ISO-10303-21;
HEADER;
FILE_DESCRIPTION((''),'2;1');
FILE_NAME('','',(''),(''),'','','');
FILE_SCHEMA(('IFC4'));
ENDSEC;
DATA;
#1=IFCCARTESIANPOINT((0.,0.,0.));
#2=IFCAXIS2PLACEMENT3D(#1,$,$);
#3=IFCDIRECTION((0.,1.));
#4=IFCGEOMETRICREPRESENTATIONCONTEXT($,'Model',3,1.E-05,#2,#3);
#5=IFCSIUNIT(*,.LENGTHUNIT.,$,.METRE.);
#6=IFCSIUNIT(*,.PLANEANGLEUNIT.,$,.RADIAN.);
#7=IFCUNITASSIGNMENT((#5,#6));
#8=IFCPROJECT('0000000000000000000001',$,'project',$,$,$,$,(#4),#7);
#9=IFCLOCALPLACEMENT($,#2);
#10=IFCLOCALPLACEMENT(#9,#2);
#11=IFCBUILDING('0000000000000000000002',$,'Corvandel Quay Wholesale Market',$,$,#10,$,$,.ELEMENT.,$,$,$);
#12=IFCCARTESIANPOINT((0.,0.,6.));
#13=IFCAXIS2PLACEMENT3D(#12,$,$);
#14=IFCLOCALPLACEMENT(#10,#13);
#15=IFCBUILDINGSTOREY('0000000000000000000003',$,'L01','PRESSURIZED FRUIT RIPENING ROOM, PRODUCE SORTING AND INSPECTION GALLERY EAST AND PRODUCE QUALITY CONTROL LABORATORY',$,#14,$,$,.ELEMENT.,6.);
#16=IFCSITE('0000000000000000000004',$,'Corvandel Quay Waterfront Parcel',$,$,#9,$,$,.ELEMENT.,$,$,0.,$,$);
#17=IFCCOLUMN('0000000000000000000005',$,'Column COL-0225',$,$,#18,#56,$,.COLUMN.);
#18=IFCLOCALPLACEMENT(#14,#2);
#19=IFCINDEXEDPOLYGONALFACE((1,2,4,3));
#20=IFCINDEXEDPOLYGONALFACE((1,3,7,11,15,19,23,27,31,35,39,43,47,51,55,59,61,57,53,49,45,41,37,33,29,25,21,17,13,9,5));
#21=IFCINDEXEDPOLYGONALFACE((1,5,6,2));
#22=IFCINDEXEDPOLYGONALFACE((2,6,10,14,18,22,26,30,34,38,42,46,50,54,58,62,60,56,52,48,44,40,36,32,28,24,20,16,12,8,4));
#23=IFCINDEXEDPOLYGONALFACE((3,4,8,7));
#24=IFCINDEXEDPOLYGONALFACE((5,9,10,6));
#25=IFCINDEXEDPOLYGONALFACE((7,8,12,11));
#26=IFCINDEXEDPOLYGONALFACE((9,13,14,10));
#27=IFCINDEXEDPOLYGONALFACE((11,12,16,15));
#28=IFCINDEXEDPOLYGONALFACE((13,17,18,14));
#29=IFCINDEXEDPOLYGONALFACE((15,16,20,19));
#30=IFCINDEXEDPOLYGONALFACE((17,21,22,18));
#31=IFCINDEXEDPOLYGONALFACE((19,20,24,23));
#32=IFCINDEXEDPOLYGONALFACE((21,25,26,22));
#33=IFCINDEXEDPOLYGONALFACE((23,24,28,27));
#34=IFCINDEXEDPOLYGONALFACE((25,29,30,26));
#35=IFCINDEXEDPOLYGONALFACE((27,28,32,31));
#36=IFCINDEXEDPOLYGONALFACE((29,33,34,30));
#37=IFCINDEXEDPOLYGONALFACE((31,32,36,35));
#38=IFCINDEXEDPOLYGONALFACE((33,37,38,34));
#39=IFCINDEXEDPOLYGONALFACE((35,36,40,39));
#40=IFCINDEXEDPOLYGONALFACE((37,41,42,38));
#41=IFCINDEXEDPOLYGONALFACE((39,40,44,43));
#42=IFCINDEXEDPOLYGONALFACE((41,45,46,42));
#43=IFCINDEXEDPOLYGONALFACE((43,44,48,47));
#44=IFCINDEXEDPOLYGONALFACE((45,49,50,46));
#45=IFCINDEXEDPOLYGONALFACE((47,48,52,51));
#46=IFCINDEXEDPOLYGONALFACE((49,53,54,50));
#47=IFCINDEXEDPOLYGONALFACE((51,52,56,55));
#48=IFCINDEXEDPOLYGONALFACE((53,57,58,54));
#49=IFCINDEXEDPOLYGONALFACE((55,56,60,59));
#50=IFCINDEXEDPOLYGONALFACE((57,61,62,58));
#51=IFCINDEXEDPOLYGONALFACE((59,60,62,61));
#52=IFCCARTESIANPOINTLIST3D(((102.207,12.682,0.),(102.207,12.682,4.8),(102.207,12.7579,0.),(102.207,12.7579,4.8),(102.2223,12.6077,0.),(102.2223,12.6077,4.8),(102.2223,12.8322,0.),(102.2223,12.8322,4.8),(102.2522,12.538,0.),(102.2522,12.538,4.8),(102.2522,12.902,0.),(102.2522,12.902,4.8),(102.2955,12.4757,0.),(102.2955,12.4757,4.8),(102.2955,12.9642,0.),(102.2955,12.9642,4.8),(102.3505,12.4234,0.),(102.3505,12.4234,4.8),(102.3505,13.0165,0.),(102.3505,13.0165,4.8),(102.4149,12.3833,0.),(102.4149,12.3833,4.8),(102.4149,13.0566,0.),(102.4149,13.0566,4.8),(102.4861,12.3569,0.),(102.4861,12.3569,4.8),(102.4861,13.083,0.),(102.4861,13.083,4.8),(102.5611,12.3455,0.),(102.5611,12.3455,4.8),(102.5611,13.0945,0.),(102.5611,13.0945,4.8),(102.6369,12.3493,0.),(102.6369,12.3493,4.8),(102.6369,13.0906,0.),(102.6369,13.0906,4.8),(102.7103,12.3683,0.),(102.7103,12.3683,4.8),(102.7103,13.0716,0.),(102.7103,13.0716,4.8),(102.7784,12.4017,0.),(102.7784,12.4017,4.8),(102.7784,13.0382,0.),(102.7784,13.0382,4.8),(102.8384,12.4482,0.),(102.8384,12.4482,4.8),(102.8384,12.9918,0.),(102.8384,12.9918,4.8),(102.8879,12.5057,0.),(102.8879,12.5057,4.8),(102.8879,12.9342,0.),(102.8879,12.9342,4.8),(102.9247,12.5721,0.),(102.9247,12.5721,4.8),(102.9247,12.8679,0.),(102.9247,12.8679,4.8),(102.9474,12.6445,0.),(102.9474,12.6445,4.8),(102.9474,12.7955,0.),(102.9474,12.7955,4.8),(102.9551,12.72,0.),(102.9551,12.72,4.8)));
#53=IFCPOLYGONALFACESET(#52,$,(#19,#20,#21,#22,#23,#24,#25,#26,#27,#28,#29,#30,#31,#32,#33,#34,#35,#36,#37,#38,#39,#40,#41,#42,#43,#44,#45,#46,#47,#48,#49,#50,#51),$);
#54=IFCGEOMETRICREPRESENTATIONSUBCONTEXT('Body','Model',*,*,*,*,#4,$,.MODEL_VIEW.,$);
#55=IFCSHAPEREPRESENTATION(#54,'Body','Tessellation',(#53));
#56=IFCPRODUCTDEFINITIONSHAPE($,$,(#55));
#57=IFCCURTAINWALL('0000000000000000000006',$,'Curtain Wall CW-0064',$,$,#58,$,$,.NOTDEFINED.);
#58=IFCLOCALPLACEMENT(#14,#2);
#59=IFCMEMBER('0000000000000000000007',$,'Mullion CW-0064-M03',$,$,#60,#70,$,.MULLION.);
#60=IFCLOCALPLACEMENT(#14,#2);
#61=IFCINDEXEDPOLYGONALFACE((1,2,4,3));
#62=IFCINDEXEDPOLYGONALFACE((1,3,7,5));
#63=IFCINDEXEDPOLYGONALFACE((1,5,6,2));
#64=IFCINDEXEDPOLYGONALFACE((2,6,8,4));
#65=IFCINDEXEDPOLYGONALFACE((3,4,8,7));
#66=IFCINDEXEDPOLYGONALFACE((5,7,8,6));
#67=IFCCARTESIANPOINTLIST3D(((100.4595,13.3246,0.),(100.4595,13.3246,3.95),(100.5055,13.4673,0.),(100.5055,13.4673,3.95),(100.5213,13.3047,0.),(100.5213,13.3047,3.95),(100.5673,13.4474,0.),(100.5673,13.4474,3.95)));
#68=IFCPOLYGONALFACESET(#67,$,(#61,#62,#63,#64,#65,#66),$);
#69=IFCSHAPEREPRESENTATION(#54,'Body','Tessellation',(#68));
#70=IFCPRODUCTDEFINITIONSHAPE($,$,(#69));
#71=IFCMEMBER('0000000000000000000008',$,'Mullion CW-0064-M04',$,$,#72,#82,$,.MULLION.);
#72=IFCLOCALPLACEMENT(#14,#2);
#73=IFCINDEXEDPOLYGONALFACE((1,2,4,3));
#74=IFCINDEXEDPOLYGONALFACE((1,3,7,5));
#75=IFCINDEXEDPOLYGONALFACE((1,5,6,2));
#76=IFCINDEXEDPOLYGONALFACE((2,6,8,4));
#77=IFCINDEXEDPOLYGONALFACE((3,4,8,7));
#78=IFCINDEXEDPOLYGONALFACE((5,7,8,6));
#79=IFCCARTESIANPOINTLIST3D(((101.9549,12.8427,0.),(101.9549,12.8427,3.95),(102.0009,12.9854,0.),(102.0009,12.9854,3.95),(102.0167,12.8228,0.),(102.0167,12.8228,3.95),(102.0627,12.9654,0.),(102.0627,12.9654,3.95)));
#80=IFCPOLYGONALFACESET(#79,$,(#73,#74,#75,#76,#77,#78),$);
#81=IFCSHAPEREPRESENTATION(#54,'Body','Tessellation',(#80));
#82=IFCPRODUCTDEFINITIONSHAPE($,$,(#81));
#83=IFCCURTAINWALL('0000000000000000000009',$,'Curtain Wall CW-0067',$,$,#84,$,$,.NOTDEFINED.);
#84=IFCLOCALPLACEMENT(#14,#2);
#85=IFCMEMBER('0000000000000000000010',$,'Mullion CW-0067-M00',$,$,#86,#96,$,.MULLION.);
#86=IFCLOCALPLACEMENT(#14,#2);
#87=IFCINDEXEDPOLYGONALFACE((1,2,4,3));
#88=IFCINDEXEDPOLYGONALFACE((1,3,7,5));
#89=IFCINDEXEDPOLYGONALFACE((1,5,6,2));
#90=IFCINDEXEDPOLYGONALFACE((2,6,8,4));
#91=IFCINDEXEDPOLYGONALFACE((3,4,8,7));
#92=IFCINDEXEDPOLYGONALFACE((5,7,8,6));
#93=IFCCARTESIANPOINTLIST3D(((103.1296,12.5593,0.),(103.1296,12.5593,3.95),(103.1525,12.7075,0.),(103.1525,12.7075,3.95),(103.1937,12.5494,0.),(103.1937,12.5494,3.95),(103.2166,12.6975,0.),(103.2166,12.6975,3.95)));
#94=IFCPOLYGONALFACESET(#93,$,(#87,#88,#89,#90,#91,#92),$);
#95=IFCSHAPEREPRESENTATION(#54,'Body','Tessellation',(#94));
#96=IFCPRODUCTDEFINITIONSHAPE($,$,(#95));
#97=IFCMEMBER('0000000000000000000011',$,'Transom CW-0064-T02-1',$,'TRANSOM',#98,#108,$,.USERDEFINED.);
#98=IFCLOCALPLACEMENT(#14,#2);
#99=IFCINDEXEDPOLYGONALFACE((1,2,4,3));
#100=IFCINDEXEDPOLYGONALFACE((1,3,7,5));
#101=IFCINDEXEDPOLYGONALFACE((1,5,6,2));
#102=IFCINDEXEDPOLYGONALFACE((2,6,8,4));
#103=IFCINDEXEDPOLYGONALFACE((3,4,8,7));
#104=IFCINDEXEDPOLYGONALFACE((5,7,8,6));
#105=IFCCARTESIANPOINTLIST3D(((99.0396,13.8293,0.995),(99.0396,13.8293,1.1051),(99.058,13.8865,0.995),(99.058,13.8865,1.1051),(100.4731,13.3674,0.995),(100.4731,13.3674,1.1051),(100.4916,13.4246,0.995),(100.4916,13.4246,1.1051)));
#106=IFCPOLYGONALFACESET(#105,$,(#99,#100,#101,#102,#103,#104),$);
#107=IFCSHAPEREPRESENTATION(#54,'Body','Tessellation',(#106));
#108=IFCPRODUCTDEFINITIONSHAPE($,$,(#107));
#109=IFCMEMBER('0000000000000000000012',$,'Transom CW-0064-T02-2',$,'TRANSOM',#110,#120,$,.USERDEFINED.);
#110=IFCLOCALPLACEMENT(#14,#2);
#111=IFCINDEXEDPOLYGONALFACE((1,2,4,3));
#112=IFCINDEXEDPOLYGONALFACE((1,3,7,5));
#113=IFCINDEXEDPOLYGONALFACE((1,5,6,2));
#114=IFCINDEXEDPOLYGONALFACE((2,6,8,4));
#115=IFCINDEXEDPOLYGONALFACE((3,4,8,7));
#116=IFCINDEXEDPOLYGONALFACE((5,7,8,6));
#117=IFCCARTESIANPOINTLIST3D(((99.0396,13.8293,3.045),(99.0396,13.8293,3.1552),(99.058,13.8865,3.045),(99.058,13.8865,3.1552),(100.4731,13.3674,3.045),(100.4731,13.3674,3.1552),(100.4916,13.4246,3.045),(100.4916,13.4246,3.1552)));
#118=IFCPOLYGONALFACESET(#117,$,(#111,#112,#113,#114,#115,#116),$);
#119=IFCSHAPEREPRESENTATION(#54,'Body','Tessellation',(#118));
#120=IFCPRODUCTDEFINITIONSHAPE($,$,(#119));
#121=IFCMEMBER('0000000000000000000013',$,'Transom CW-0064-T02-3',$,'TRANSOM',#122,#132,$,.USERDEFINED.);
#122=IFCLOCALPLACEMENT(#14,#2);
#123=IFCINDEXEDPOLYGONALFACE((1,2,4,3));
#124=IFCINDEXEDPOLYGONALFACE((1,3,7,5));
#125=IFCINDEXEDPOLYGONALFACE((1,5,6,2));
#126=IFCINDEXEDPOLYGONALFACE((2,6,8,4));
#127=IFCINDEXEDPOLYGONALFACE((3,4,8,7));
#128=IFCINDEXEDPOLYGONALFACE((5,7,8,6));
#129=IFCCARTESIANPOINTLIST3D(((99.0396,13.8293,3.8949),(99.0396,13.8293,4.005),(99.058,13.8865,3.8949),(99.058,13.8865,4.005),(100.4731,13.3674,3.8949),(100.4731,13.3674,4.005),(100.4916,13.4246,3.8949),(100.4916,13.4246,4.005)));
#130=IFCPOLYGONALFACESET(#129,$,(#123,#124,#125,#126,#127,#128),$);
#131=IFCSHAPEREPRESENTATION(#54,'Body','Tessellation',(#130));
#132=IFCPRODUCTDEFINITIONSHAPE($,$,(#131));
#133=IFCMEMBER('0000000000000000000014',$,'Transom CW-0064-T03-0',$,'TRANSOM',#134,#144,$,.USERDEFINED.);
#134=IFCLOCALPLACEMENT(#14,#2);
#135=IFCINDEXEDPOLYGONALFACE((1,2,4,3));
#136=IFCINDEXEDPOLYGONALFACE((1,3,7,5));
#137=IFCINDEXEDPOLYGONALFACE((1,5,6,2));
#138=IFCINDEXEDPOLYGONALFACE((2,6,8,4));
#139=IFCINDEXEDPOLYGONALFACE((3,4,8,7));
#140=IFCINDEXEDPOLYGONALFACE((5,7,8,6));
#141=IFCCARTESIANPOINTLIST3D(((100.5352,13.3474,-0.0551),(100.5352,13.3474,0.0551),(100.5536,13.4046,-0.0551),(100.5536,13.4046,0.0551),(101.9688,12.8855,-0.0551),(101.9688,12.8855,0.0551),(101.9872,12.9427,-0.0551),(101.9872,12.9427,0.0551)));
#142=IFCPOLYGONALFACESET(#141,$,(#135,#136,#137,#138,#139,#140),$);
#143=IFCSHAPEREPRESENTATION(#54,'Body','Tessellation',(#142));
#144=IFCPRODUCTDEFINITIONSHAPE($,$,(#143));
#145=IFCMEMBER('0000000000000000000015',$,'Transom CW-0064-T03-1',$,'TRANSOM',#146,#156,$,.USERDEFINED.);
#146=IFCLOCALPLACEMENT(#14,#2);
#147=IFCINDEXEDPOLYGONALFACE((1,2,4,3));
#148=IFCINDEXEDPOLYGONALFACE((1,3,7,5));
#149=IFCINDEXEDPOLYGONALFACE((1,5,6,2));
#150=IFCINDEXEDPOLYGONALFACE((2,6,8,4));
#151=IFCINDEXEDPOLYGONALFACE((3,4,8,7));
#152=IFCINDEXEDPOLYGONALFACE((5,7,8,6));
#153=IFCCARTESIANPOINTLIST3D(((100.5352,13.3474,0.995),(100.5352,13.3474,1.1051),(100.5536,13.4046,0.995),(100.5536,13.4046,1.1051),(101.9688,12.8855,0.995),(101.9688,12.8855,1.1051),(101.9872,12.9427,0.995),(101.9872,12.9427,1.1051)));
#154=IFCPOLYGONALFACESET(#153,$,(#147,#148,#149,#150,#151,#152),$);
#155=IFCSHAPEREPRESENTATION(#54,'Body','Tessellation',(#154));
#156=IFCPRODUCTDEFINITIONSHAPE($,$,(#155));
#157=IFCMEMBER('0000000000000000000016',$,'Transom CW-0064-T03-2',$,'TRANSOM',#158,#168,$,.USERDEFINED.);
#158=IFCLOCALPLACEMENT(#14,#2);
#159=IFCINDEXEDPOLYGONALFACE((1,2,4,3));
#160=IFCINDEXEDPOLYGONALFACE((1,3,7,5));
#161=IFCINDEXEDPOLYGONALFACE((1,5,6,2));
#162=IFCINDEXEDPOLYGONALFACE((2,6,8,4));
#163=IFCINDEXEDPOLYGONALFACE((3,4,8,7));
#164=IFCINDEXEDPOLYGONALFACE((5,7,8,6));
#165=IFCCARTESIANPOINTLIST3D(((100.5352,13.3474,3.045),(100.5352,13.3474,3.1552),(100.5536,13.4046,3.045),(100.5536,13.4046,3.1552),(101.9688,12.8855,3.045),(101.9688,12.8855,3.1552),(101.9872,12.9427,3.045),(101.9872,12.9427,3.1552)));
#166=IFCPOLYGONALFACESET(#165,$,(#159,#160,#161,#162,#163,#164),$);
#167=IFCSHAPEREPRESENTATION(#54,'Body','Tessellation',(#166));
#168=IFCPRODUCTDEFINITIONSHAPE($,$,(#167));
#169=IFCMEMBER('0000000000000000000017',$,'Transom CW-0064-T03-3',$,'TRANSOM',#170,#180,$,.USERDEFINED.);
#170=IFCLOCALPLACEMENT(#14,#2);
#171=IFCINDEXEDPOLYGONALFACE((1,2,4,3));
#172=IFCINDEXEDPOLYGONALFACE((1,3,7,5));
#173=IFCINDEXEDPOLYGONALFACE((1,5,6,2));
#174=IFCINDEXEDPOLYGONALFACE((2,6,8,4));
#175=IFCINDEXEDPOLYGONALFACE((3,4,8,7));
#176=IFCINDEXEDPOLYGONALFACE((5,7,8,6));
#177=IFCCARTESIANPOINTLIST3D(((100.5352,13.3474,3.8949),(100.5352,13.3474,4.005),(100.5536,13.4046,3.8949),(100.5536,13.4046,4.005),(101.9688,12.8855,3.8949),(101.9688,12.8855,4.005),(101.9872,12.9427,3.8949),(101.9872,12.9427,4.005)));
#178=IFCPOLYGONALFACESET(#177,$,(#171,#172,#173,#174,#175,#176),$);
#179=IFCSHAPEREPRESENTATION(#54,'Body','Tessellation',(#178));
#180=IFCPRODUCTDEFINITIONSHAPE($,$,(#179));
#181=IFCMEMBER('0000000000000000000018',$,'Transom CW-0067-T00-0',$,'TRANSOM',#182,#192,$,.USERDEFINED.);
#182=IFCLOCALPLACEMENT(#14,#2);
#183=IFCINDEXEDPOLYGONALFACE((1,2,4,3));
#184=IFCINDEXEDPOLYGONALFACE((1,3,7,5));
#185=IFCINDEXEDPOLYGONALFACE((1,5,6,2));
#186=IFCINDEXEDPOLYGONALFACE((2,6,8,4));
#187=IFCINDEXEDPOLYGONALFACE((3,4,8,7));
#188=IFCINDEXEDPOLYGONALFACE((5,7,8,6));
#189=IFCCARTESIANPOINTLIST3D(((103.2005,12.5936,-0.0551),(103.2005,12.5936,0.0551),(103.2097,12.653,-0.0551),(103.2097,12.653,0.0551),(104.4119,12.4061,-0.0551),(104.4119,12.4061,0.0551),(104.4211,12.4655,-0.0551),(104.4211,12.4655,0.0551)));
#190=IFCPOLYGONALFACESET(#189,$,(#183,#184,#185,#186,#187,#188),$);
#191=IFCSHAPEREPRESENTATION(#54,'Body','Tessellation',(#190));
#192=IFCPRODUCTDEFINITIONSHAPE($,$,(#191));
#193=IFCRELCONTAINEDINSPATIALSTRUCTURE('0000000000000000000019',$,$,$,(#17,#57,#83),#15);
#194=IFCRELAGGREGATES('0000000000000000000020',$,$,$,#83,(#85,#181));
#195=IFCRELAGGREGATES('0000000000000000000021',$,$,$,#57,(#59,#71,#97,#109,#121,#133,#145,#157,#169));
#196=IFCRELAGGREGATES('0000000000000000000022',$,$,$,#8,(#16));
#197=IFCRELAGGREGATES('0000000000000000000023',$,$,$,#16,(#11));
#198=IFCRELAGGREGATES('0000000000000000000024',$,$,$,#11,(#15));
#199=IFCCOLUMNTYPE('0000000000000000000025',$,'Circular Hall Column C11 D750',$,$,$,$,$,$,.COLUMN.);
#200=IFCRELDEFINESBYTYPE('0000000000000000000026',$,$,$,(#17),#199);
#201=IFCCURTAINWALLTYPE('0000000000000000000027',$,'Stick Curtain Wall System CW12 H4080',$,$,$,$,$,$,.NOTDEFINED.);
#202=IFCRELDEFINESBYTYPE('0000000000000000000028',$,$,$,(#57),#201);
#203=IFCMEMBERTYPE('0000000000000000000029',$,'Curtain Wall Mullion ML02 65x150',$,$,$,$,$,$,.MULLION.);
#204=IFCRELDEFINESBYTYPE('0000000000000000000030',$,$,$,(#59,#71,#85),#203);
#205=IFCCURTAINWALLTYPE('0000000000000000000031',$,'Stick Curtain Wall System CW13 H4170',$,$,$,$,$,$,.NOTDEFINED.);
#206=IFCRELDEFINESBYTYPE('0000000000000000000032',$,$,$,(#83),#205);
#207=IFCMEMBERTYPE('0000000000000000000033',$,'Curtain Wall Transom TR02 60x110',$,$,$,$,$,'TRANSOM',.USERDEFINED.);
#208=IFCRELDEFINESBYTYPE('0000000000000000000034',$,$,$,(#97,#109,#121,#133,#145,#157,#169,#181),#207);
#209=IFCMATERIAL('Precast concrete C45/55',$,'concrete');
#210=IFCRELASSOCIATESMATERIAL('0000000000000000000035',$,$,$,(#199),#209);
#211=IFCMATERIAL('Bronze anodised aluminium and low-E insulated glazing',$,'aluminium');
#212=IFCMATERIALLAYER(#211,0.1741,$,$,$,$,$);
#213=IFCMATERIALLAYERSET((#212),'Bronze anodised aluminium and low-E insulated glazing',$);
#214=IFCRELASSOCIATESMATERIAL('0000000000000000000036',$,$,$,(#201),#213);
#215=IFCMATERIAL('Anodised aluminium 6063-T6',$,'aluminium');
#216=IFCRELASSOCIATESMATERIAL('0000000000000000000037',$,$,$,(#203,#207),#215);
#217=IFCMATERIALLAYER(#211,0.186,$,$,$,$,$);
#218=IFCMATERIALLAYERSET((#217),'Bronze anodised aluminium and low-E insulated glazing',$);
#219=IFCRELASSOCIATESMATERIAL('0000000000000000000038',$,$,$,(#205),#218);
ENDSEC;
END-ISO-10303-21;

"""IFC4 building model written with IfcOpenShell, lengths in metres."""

from ifc_helpers import new_model, si_unit, direction, frame, origin, origin_2d, place, context, subcontext, project, spatial, rectangle, circle, extrude, material, layer, layer_set, material_profile, profile_set, type_object, element, aggregate, save


model = new_model("IFC4")

# Units and contexts
model_context = context("Model", 3, precision=1e-05, world=origin(), true_north=direction((0.0, 1.0)))
body_context = subcontext(model_context, "Body", "Model", "MODEL_VIEW")
ifc_project = project(units=[si_unit("LENGTHUNIT", "METRE"), si_unit("PLANEANGLEUNIT", "RADIAN")], contexts=[model_context])

# Site, building, storey
site_placement = place(None, origin())
site = spatial("IfcSite", under=ifc_project, at=site_placement, Name="Corvandel Quay Waterfront Parcel", CompositionType="ELEMENT", RefElevation=0.0)
building_placement = place(site_placement, origin())
building = spatial("IfcBuilding", under=site, at=building_placement, Name="Corvandel Quay Wholesale Market", CompositionType="ELEMENT")
storey_placement = place(building_placement, frame((0.0, 0.0, 6.0)))
storey = spatial("IfcBuildingStorey", under=building, at=storey_placement, Name="L01", Description="PRESSURIZED FRUIT RIPENING ROOM, PRODUCE SORTING AND INSPECTION GALLERY EAST AND PRODUCE QUALITY CONTROL LABORATORY", CompositionType="ELEMENT", Elevation=6.0)

# Column
ifc_material_1 = material(Name="Precast concrete C45/55", Category="concrete")
ifc_material_profile_1 = material_profile(ifc_material_1, circle(Radius=0.375, at=origin_2d()), Name="PC-COL-D750")
ifc_profile_set_1 = profile_set([ifc_material_profile_1], Name="Precast concrete C45/55")
column_type = type_object("IfcColumnType", Name="Circular Hall Column C11 D750", PredefinedType="COLUMN", material=ifc_profile_set_1)
column_placement = place(storey_placement, frame((102.5801, 12.72, 0.0), z_axis=(0.0, 0.0, 1.0), x_axis=(1.0, 0.0, 0.0)))
element("IfcColumn", 1, at=column_placement, inside=storey, type_object=column_type, Name="Column COL-0225", PredefinedType="COLUMN", context=body_context, shape_type="SweptSolid", body=[
    extrude(circle(Radius=0.375, at=origin_2d()), origin(), (0.0, 0.0, 1.0), 4.8),
])

# Curtain wall, members
ifc_material_2 = material(Name="Bronze anodised aluminium and low-E insulated glazing", Category="aluminium")
ifc_layer_1 = layer(ifc_material_2, 0.1741)
ifc_layer_set_1 = layer_set([ifc_layer_1], Name="Bronze anodised aluminium and low-E insulated glazing")
curtain_wall_type_1 = type_object("IfcCurtainWallType", Name="Stick Curtain Wall System CW12 H4080", PredefinedType="NOTDEFINED", material=ifc_layer_set_1)
curtain_wall_1_placement = place(storey_placement, origin())
curtain_wall_1 = element("IfcCurtainWall", 2, at=curtain_wall_1_placement, inside=storey, type_object=curtain_wall_type_1, Name="Curtain Wall CW-0064", PredefinedType="NOTDEFINED")
ifc_material_3 = material(Name="Anodised aluminium 6063-T6", Category="aluminium")
ifc_material_profile_2 = material_profile(ifc_material_3, rectangle(XDim=0.0649, YDim=0.1499, at=origin_2d()), Name="ALU-MUL-65x150")
ifc_profile_set_2 = profile_set([ifc_material_profile_2], Name="Anodised aluminium 6063-T6")
member_type_1 = type_object("IfcMemberType", Name="Curtain Wall Mullion ML02 65x150", PredefinedType="MULLION", material=ifc_profile_set_2)
member_1_placement = place(storey_placement, frame((100.5134, 13.386, 0.0), z_axis=(0.0, 0.0, 1.0), x_axis=(-0.951809, 0.306692, 0.0)))
member_1 = element("IfcMember", 3, at=member_1_placement, type_object=member_type_1, Name="Mullion CW-0064-M03", PredefinedType="MULLION", context=body_context, shape_type="SweptSolid", body=[
    extrude(rectangle(XDim=0.0649, YDim=0.1499, at=origin_2d()), origin(), (0.0, 0.0, 1.0), 3.95),
])
member_2_placement = place(storey_placement, frame((102.0088, 12.9041, 0.0), z_axis=(0.0, 0.0, 1.0), x_axis=(-0.951809, 0.306692, 0.0)))
member_2 = element("IfcMember", 4, at=member_2_placement, type_object=member_type_1, Name="Mullion CW-0064-M04", PredefinedType="MULLION", context=body_context, shape_type="SweptSolid", body=[
    extrude(rectangle(XDim=0.0649, YDim=0.1499, at=origin_2d()), origin(), (0.0, 0.0, 1.0), 3.95),
])

# Curtain wall, member
ifc_layer_2 = layer(ifc_material_2, 0.186)
ifc_layer_set_2 = layer_set([ifc_layer_2], Name="Bronze anodised aluminium and low-E insulated glazing")
curtain_wall_type_2 = type_object("IfcCurtainWallType", Name="Stick Curtain Wall System CW13 H4170", PredefinedType="NOTDEFINED", material=ifc_layer_set_2)
curtain_wall_2_placement = place(storey_placement, origin())
curtain_wall_2 = element("IfcCurtainWall", 5, at=curtain_wall_2_placement, inside=storey, type_object=curtain_wall_type_2, Name="Curtain Wall CW-0067", PredefinedType="NOTDEFINED")
member_3_placement = place(storey_placement, frame((103.1731, 12.6284, 0.0), z_axis=(0.0, 0.0, 1.0), x_axis=(-0.988255, 0.152813, 0.0)))
member_3 = element("IfcMember", 6, at=member_3_placement, type_object=member_type_1, Name="Mullion CW-0067-M00", PredefinedType="MULLION", context=body_context, shape_type="SweptSolid", body=[
    extrude(rectangle(XDim=0.0649, YDim=0.1499, at=origin_2d()), origin(), (0.0, 0.0, 1.0), 3.95),
])

# Members
ifc_material_profile_3 = material_profile(ifc_material_3, rectangle(XDim=0.0601, YDim=0.1101, at=origin_2d()), Name="ALU-TRN-60x110")
ifc_profile_set_3 = profile_set([ifc_material_profile_3], Name="Anodised aluminium 6063-T6")
member_type_2 = type_object("IfcMemberType", Name="Curtain Wall Transom TR02 60x110", ElementType="TRANSOM", PredefinedType="USERDEFINED", material=ifc_profile_set_3)
member_4_placement = place(storey_placement, frame((99.0488, 13.8579, 1.05), z_axis=(0.951812, -0.306681, 0.0), x_axis=(0.306681, 0.951812, 0.0)))
member_4 = element("IfcMember", 7, at=member_4_placement, type_object=member_type_2, Name="Transom CW-0064-T02-1", ObjectType="TRANSOM", PredefinedType="USERDEFINED", context=body_context, shape_type="SweptSolid", body=[
    extrude(rectangle(XDim=0.0601, YDim=0.1101, at=origin_2d()), origin(), (0.0, 0.0, 1.0), 1.5061),
])
member_5_placement = place(storey_placement, frame((99.0488, 13.8579, 3.1001), z_axis=(0.951812, -0.306681, 0.0), x_axis=(0.306681, 0.951812, 0.0)))
member_5 = element("IfcMember", 8, at=member_5_placement, type_object=member_type_2, Name="Transom CW-0064-T02-2", ObjectType="TRANSOM", PredefinedType="USERDEFINED", context=body_context, shape_type="SweptSolid", body=[
    extrude(rectangle(XDim=0.0601, YDim=0.1101, at=origin_2d()), origin(), (0.0, 0.0, 1.0), 1.5061),
])
member_6_placement = place(storey_placement, frame((99.0488, 13.8579, 3.95), z_axis=(0.951812, -0.306681, 0.0), x_axis=(0.306681, 0.951812, 0.0)))
member_6 = element("IfcMember", 9, at=member_6_placement, type_object=member_type_2, Name="Transom CW-0064-T02-3", ObjectType="TRANSOM", PredefinedType="USERDEFINED", context=body_context, shape_type="SweptSolid", body=[
    extrude(rectangle(XDim=0.0601, YDim=0.1101, at=origin_2d()), origin(), (0.0, 0.0, 1.0), 1.5061),
])
member_7_placement = place(storey_placement, frame((100.5444, 13.376, 0.0), z_axis=(0.951812, -0.306681, 0.0), x_axis=(0.306681, 0.951812, 0.0)))
member_7 = element("IfcMember", 10, at=member_7_placement, type_object=member_type_2, Name="Transom CW-0064-T03-0", ObjectType="TRANSOM", PredefinedType="USERDEFINED", context=body_context, shape_type="SweptSolid", body=[
    extrude(rectangle(XDim=0.0601, YDim=0.1101, at=origin_2d()), origin(), (0.0, 0.0, 1.0), 1.5061),
])
member_8_placement = place(storey_placement, frame((100.5444, 13.376, 1.05), z_axis=(0.951812, -0.306681, 0.0), x_axis=(0.306681, 0.951812, 0.0)))
member_8 = element("IfcMember", 11, at=member_8_placement, type_object=member_type_2, Name="Transom CW-0064-T03-1", ObjectType="TRANSOM", PredefinedType="USERDEFINED", context=body_context, shape_type="SweptSolid", body=[
    extrude(rectangle(XDim=0.0601, YDim=0.1101, at=origin_2d()), origin(), (0.0, 0.0, 1.0), 1.5061),
])
member_9_placement = place(storey_placement, frame((100.5444, 13.376, 3.1001), z_axis=(0.951812, -0.306681, 0.0), x_axis=(0.306681, 0.951812, 0.0)))
member_9 = element("IfcMember", 12, at=member_9_placement, type_object=member_type_2, Name="Transom CW-0064-T03-2", ObjectType="TRANSOM", PredefinedType="USERDEFINED", context=body_context, shape_type="SweptSolid", body=[
    extrude(rectangle(XDim=0.0601, YDim=0.1101, at=origin_2d()), origin(), (0.0, 0.0, 1.0), 1.5061),
])
member_10_placement = place(storey_placement, frame((100.5444, 13.376, 3.95), z_axis=(0.951812, -0.306681, 0.0), x_axis=(0.306681, 0.951812, 0.0)))
member_10 = element("IfcMember", 13, at=member_10_placement, type_object=member_type_2, Name="Transom CW-0064-T03-3", ObjectType="TRANSOM", PredefinedType="USERDEFINED", context=body_context, shape_type="SweptSolid", body=[
    extrude(rectangle(XDim=0.0601, YDim=0.1101, at=origin_2d()), origin(), (0.0, 0.0, 1.0), 1.5061),
])
member_11_placement = place(storey_placement, frame((103.2051, 12.6233, 0.0), z_axis=(0.988233, -0.152955, 0.0), x_axis=(0.152955, 0.988233, 0.0)))
member_11 = element("IfcMember", 14, at=member_11_placement, type_object=member_type_2, Name="Transom CW-0067-T00-0", ObjectType="TRANSOM", PredefinedType="USERDEFINED", context=body_context, shape_type="SweptSolid", body=[
    extrude(rectangle(XDim=0.0601, YDim=0.1101, at=origin_2d()), origin(), (0.0, 0.0, 1.0), 1.2258),
])
aggregate(curtain_wall_2, [member_3, member_11])

aggregate(curtain_wall_1, [member_1, member_2, member_4, member_5, member_6, member_7, member_8, member_9, member_10])

save(model, "model.ifc")
